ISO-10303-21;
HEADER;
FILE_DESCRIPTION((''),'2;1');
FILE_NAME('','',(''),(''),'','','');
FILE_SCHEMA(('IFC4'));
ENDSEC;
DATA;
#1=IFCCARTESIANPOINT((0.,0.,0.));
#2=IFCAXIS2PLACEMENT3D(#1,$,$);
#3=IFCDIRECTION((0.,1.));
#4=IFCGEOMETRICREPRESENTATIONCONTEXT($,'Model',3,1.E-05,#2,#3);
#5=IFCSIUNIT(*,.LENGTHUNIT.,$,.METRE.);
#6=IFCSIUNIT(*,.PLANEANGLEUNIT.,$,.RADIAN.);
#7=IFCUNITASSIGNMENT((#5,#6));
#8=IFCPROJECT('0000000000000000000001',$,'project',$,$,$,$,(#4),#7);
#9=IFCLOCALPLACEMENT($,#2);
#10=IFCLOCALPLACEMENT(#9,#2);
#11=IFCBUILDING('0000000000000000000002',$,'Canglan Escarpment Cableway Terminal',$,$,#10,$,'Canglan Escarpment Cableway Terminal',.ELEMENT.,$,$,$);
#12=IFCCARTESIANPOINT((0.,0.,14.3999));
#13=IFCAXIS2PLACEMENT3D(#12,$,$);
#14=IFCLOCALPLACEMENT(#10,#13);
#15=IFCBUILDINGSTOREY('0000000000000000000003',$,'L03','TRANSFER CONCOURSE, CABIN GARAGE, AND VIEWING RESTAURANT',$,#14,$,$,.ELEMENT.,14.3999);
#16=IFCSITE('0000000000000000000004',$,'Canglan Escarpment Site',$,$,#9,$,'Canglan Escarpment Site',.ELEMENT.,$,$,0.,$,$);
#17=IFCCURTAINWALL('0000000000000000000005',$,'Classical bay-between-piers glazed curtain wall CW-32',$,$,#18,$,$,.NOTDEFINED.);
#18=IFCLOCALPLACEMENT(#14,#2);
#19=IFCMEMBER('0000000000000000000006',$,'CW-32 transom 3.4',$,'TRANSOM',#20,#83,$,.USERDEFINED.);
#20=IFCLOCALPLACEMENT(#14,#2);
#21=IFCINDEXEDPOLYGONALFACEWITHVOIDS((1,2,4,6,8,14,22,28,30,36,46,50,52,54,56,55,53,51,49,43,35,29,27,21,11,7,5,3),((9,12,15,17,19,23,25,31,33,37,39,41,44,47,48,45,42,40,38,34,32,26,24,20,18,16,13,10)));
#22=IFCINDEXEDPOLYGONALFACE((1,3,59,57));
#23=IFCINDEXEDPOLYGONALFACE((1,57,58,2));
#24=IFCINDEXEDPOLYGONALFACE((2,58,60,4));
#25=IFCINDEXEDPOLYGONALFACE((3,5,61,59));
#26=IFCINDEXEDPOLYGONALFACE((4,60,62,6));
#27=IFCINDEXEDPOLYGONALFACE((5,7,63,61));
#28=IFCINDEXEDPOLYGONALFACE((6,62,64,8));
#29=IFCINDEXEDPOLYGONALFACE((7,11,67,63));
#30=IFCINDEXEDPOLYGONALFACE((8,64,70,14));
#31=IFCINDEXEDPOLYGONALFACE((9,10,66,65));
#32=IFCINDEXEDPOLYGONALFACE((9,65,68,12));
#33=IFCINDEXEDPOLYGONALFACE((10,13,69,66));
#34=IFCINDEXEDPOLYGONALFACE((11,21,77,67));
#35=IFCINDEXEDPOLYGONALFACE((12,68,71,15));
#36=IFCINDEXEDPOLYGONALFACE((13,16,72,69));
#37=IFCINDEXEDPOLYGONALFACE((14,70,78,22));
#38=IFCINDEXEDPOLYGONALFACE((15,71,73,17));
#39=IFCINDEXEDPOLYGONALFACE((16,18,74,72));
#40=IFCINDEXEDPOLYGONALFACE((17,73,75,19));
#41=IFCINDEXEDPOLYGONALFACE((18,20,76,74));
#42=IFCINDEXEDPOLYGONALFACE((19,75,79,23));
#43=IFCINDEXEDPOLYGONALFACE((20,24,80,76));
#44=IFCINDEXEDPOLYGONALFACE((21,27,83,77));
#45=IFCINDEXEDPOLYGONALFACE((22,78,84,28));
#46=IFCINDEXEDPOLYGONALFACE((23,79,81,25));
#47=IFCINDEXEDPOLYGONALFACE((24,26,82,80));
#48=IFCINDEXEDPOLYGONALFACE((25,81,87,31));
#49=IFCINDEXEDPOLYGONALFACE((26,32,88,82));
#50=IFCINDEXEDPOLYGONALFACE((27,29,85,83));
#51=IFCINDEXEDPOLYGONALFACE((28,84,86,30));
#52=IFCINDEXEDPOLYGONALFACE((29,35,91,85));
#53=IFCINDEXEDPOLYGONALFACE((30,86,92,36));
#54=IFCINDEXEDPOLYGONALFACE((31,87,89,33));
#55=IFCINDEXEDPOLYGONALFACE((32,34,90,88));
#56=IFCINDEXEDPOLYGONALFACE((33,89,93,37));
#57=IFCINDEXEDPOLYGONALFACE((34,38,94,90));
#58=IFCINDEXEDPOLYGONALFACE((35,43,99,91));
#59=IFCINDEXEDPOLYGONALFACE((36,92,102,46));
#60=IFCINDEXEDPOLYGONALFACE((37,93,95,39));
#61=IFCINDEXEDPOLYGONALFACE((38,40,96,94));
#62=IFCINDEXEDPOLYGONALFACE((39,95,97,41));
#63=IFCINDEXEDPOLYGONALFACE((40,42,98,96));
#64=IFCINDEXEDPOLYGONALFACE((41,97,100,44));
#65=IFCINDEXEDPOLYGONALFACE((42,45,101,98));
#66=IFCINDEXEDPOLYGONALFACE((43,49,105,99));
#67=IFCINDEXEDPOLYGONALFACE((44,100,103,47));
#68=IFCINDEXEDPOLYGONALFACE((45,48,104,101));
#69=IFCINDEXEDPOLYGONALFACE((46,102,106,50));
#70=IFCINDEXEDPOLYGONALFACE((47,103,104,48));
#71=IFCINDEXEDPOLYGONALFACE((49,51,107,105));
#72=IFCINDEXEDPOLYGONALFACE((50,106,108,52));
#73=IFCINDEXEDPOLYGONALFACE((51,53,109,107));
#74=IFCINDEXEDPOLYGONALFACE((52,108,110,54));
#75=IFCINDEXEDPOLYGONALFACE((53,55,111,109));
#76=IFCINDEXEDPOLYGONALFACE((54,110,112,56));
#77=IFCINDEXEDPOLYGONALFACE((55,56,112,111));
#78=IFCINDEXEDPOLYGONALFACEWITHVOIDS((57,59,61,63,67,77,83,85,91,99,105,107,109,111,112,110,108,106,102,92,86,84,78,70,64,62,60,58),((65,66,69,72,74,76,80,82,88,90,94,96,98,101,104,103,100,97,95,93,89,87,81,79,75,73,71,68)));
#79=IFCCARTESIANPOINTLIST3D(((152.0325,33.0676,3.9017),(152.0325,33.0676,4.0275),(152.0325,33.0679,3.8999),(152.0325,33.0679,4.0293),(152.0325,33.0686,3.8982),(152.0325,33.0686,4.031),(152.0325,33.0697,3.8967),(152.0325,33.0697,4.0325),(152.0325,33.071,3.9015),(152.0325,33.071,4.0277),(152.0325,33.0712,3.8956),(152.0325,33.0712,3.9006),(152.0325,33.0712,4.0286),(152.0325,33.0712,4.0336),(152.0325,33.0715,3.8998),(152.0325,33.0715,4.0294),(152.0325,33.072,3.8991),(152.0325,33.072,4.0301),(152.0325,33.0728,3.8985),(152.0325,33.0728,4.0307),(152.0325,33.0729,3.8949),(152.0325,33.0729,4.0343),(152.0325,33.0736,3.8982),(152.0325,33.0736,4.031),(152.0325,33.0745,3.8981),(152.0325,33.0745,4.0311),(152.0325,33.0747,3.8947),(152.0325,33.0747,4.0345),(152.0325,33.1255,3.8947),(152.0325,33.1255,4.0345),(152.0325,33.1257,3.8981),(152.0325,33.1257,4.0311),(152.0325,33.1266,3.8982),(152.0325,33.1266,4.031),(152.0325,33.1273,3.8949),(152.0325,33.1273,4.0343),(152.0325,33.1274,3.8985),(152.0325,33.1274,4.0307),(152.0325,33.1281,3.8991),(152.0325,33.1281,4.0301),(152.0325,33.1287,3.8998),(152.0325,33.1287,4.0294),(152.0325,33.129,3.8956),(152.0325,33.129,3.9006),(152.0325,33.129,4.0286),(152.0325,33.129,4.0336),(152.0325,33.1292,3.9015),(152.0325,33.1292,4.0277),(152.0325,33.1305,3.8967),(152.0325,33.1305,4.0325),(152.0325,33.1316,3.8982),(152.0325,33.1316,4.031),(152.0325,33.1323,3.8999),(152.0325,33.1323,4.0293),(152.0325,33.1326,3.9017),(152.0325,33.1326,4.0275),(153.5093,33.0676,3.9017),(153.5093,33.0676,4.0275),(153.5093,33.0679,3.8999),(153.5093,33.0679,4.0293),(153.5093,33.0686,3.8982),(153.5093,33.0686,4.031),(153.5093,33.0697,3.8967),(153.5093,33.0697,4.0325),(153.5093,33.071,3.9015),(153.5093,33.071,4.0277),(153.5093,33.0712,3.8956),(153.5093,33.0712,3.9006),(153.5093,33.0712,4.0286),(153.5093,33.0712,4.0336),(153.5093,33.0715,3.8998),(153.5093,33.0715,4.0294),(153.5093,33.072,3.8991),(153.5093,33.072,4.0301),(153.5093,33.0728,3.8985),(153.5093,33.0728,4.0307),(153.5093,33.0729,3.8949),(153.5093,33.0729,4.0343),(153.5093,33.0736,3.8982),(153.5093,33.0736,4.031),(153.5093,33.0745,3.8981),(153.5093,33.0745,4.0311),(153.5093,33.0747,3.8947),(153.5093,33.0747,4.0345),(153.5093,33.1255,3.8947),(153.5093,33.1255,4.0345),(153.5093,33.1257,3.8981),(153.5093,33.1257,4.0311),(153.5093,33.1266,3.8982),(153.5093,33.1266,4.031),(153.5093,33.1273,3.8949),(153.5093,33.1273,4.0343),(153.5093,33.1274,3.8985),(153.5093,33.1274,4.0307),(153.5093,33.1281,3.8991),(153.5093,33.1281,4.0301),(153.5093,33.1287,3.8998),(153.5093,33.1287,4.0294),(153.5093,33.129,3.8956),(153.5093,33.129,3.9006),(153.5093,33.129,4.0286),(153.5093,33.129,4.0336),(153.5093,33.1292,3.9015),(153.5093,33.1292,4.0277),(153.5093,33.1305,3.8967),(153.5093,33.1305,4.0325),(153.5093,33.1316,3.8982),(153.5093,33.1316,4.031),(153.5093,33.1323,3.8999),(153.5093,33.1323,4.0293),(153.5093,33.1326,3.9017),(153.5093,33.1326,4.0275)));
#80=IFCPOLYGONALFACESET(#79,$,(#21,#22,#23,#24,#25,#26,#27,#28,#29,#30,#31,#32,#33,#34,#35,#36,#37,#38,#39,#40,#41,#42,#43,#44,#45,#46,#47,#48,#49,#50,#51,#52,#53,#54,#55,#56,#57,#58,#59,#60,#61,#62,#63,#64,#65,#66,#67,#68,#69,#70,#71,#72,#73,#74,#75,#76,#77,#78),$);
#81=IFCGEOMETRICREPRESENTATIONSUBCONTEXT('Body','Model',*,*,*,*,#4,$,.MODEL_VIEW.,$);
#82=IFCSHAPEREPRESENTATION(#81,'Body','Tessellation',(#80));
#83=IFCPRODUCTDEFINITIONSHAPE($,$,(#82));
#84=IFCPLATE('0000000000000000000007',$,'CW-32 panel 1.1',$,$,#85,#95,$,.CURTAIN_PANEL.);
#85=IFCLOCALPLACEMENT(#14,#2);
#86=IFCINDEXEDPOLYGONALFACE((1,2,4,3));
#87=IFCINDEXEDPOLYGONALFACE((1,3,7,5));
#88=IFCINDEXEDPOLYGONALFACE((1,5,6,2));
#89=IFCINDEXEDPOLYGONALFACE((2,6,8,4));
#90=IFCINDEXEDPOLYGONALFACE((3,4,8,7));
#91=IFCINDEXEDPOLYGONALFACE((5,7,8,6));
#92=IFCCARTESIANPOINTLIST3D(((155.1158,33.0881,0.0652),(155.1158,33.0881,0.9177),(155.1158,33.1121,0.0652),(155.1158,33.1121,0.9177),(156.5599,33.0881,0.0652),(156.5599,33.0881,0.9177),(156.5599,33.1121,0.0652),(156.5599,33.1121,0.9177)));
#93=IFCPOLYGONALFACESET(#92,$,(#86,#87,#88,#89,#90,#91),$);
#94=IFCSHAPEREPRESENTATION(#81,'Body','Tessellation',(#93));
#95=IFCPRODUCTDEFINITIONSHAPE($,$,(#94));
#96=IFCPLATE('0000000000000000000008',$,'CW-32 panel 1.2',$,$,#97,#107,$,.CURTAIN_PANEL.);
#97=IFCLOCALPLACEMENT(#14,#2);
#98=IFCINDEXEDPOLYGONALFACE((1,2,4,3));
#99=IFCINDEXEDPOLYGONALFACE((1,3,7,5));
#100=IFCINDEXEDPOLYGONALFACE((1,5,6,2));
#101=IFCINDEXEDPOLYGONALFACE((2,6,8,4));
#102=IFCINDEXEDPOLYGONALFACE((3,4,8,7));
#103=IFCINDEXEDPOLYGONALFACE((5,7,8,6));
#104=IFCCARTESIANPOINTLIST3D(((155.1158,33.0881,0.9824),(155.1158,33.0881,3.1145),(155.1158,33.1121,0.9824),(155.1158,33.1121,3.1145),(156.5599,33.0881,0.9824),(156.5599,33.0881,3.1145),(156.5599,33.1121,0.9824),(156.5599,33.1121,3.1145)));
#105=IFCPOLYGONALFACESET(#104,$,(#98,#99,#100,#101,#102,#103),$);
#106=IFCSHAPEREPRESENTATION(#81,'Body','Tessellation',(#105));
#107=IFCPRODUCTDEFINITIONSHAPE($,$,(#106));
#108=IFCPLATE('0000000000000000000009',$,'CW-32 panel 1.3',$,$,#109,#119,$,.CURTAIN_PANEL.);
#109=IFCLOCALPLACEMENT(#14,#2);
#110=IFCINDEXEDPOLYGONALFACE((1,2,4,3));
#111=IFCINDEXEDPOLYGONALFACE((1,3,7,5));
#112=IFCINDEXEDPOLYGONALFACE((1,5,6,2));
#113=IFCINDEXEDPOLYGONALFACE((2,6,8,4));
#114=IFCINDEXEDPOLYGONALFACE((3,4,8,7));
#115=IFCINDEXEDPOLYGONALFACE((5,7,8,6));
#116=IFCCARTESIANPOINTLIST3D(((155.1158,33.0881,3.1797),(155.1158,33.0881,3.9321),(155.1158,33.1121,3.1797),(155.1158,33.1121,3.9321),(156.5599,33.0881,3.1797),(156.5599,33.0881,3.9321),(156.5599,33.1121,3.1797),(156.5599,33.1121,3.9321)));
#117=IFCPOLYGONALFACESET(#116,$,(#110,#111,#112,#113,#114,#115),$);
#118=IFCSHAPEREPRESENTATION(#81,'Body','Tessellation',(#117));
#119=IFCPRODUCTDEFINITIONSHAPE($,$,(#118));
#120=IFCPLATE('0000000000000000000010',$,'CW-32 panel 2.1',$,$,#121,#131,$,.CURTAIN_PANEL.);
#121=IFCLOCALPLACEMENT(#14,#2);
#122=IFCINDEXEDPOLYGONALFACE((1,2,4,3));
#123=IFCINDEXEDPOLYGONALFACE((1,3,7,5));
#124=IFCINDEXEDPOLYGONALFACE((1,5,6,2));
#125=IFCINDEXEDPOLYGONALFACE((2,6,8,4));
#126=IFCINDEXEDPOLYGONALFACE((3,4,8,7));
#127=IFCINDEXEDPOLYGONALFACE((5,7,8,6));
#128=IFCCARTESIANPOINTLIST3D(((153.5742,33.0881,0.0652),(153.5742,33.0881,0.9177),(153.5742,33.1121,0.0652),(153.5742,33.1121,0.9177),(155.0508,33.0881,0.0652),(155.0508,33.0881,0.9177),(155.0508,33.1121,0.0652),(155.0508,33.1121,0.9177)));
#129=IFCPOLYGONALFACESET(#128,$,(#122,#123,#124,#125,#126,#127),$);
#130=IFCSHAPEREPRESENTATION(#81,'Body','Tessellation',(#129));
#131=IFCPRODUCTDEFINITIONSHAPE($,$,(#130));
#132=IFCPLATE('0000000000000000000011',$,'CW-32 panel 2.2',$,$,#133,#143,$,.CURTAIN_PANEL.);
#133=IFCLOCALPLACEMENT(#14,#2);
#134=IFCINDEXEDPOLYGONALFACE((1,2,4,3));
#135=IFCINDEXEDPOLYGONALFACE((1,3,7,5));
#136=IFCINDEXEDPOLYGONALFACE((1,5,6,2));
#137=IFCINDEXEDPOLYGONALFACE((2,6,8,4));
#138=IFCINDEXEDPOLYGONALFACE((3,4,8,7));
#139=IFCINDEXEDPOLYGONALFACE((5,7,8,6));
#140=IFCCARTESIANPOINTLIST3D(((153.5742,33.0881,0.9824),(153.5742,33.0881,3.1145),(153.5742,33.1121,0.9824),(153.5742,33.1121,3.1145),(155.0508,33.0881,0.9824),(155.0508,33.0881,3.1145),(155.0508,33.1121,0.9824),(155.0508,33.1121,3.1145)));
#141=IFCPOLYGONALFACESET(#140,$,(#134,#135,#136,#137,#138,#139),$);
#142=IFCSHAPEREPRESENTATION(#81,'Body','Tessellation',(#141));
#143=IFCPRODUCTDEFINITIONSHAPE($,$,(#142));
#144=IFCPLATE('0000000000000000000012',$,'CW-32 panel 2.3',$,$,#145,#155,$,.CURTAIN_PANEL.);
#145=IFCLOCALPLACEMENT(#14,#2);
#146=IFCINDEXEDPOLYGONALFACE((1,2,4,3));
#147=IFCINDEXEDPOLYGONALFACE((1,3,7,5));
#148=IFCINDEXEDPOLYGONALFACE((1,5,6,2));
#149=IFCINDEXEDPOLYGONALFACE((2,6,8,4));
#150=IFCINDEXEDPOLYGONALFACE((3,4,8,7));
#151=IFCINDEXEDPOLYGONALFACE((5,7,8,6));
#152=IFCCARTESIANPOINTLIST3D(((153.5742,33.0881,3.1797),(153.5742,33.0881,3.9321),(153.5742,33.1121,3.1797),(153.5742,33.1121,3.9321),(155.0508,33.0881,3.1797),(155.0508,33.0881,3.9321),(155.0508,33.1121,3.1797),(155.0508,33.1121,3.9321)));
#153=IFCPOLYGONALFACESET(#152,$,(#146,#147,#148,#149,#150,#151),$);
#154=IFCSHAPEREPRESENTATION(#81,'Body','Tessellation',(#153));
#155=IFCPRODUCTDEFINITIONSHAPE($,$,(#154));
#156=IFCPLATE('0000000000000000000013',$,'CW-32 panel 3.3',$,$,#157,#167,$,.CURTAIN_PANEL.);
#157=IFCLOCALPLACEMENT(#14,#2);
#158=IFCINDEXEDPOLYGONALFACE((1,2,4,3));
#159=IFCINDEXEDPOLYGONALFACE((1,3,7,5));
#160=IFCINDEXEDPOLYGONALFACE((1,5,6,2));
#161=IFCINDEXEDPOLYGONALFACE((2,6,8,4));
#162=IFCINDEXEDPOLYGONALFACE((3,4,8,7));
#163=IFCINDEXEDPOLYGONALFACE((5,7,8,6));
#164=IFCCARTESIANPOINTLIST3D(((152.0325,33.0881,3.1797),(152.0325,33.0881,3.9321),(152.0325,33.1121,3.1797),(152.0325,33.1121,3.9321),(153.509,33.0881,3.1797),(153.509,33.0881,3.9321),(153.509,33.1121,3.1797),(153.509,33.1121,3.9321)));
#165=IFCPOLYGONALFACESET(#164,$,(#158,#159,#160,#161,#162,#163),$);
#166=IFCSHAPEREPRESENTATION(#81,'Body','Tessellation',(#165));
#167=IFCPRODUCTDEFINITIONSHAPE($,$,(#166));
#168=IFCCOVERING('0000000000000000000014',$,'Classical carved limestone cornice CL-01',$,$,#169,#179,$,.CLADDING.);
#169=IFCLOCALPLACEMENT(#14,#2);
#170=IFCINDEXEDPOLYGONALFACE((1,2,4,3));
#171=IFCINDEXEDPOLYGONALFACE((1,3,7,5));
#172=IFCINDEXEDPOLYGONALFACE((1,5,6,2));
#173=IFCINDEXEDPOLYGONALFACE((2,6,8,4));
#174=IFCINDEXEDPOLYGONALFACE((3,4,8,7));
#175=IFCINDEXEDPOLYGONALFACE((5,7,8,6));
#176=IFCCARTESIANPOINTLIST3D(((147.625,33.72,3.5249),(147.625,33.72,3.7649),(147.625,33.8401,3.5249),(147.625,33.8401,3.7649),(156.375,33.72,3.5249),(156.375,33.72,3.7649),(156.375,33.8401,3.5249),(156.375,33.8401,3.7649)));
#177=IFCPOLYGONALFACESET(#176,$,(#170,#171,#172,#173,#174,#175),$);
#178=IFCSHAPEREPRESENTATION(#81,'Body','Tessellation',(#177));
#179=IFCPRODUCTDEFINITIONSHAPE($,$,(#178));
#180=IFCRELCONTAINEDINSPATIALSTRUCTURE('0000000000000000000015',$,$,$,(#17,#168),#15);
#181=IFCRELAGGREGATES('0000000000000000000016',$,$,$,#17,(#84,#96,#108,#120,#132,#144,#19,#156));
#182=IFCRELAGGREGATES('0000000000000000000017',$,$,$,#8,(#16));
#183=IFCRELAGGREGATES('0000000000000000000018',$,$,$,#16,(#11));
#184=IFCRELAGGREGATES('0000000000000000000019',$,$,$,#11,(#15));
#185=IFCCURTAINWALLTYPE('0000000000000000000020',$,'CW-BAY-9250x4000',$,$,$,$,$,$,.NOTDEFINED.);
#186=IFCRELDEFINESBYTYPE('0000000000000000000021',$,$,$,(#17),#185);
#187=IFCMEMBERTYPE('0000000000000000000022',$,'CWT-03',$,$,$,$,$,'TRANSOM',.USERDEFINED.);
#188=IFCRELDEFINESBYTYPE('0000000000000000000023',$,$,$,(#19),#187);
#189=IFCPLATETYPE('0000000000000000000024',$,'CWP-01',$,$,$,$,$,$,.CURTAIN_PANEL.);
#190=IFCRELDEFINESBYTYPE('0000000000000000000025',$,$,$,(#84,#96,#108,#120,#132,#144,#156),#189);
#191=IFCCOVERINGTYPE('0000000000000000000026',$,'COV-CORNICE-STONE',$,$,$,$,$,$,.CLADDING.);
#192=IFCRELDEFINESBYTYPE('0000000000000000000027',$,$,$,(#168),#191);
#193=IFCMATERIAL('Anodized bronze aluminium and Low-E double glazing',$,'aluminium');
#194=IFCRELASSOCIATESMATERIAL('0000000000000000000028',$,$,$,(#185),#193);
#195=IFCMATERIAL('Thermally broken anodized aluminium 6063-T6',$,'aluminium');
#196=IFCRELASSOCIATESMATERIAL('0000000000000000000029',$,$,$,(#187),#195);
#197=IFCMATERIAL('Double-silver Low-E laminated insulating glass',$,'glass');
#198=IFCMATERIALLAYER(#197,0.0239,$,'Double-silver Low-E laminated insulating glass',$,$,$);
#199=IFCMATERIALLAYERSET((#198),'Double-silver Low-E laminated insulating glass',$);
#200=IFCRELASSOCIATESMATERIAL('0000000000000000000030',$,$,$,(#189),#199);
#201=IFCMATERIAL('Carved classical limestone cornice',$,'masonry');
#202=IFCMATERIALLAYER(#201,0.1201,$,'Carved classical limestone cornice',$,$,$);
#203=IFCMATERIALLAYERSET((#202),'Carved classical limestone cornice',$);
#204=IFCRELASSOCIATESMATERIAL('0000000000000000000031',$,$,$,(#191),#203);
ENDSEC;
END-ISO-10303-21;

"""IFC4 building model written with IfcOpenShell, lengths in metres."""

from ifc_helpers import new_model, si_unit, direction, frame, origin, origin_2d, place, context, subcontext, project, spatial, rectangle, hollow_rectangle, extrude, material, layer, layer_set, material_profile, profile_set, type_object, element, aggregate, save


model = new_model("IFC4")

# Units and contexts
model_context = context("Model", 3, precision=1e-05, world=origin(), true_north=direction((0.0, 1.0)))
body_context = subcontext(model_context, "Body", "Model", "MODEL_VIEW")
ifc_project = project(units=[si_unit("LENGTHUNIT", "METRE"), si_unit("PLANEANGLEUNIT", "RADIAN")], contexts=[model_context])

# Site, building, storey
site_placement = place(None, origin())
site = spatial("IfcSite", under=ifc_project, at=site_placement, Name="Canglan Escarpment Site", LongName="Canglan Escarpment Site", CompositionType="ELEMENT", RefElevation=0.0)
building_placement = place(site_placement, origin())
building = spatial("IfcBuilding", under=site, at=building_placement, Name="Canglan Escarpment Cableway Terminal", LongName="Canglan Escarpment Cableway Terminal", CompositionType="ELEMENT")
storey_placement = place(building_placement, frame((0.0, 0.0, 14.3999)))
storey = spatial("IfcBuildingStorey", under=building, at=storey_placement, Name="L03", Description="TRANSFER CONCOURSE, CABIN GARAGE, AND VIEWING RESTAURANT", CompositionType="ELEMENT", Elevation=14.3999)

# Curtain wall, member, plates
ifc_material_1 = material(Name="Anodized bronze aluminium and Low-E double glazing", Category="aluminium")
curtain_wall_type = type_object("IfcCurtainWallType", Name="CW-BAY-9250x4000", PredefinedType="NOTDEFINED", material=ifc_material_1)
curtain_wall_placement = place(storey_placement, origin())
curtain_wall = element("IfcCurtainWall", 1, at=curtain_wall_placement, inside=storey, type_object=curtain_wall_type, Name="Classical bay-between-piers glazed curtain wall CW-32", PredefinedType="NOTDEFINED")
ifc_material_2 = material(Name="Thermally broken anodized aluminium 6063-T6", Category="aluminium")
ifc_material_profile_1 = material_profile(ifc_material_2, hollow_rectangle(XDim=0.0649, YDim=0.1399, WallThickness=0.0034, InnerFilletRadius=0.0034, OuterFilletRadius=0.0071, at=origin_2d()), Name="ALU-TRAN 65x140x3.5")
ifc_profile_set_1 = profile_set([ifc_material_profile_1], Name="Thermally broken anodized aluminium 6063-T6")
member_type_1 = type_object("IfcMemberType", Name="CWT-03", ElementType="TRANSOM", PredefinedType="USERDEFINED", material=ifc_profile_set_1)
member_1_placement = place(storey_placement, frame((153.5093, 33.1001, 3.9646), z_axis=(-1.0, 0.0, 0.0), x_axis=(0.0, -1.0, 0.0)))
member_1 = element("IfcMember", 2, at=member_1_placement, type_object=member_type_1, Name="CW-32 transom 3.4", ObjectType="TRANSOM", PredefinedType="USERDEFINED", context=body_context, shape_type="SweptSolid", body=[
    extrude(hollow_rectangle(XDim=0.0649, YDim=0.1399, WallThickness=0.0034, InnerFilletRadius=0.0034, OuterFilletRadius=0.0071, at=origin_2d()), origin(), (0.0, 0.0, 1.0), 1.4768),
])
ifc_material_3 = material(Name="Double-silver Low-E laminated insulating glass", Category="glass")
ifc_layer_1 = layer(ifc_material_3, 0.0239, Name="Double-silver Low-E laminated insulating glass")
ifc_layer_set_1 = layer_set([ifc_layer_1], Name="Double-silver Low-E laminated insulating glass")
plate_type = type_object("IfcPlateType", Name="CWP-01", PredefinedType="CURTAIN_PANEL", material=ifc_layer_set_1)
plate_1_placement = place(storey_placement, frame((155.8379, 33.1001, 0.0652), z_axis=(0.0, 0.0, 1.0), x_axis=(-1.0, 0.0, 0.0)))
plate_1 = element("IfcPlate", 3, at=plate_1_placement, type_object=plate_type, Name="CW-32 panel 1.1", PredefinedType="CURTAIN_PANEL", context=body_context, shape_type="SweptSolid", body=[
    extrude(rectangle(XDim=1.4441, YDim=0.0239, at=origin_2d()), origin(), (0.0, 0.0, 1.0), 0.8525),
])
plate_2_placement = place(storey_placement, frame((155.8379, 33.1001, 0.9824), z_axis=(0.0, 0.0, 1.0), x_axis=(-1.0, 0.0, 0.0)))
plate_2 = element("IfcPlate", 4, at=plate_2_placement, type_object=plate_type, Name="CW-32 panel 1.2", PredefinedType="CURTAIN_PANEL", context=body_context, shape_type="SweptSolid", body=[
    extrude(rectangle(XDim=1.4441, YDim=0.0239, at=origin_2d()), origin(), (0.0, 0.0, 1.0), 2.1321),
])
plate_3_placement = place(storey_placement, frame((155.8379, 33.1001, 3.1797), z_axis=(0.0, 0.0, 1.0), x_axis=(-1.0, 0.0, 0.0)))
plate_3 = element("IfcPlate", 5, at=plate_3_placement, type_object=plate_type, Name="CW-32 panel 1.3", PredefinedType="CURTAIN_PANEL", context=body_context, shape_type="SweptSolid", body=[
    extrude(rectangle(XDim=1.4441, YDim=0.0239, at=origin_2d()), origin(), (0.0, 0.0, 1.0), 0.7524),
])
plate_4_placement = place(storey_placement, frame((154.3125, 33.1001, 0.0652), z_axis=(0.0, 0.0, 1.0), x_axis=(-1.0, 0.0, 0.0)))
plate_4 = element("IfcPlate", 6, at=plate_4_placement, type_object=plate_type, Name="CW-32 panel 2.1", PredefinedType="CURTAIN_PANEL", context=body_context, shape_type="SweptSolid", body=[
    extrude(rectangle(XDim=1.4766, YDim=0.0239, at=origin_2d()), origin(), (0.0, 0.0, 1.0), 0.8525),
])
plate_5_placement = place(storey_placement, frame((154.3125, 33.1001, 0.9824), z_axis=(0.0, 0.0, 1.0), x_axis=(-1.0, 0.0, 0.0)))
plate_5 = element("IfcPlate", 7, at=plate_5_placement, type_object=plate_type, Name="CW-32 panel 2.2", PredefinedType="CURTAIN_PANEL", context=body_context, shape_type="SweptSolid", body=[
    extrude(rectangle(XDim=1.4766, YDim=0.0239, at=origin_2d()), origin(), (0.0, 0.0, 1.0), 2.1321),
])
plate_6_placement = place(storey_placement, frame((154.3125, 33.1001, 3.1797), z_axis=(0.0, 0.0, 1.0), x_axis=(-1.0, 0.0, 0.0)))
plate_6 = element("IfcPlate", 8, at=plate_6_placement, type_object=plate_type, Name="CW-32 panel 2.3", PredefinedType="CURTAIN_PANEL", context=body_context, shape_type="SweptSolid", body=[
    extrude(rectangle(XDim=1.4766, YDim=0.0239, at=origin_2d()), origin(), (0.0, 0.0, 1.0), 0.7524),
])
plate_7_placement = place(storey_placement, frame((152.7708, 33.1001, 3.1797), z_axis=(0.0, 0.0, 1.0), x_axis=(-1.0, 0.0, 0.0)))
plate_7 = element("IfcPlate", 9, at=plate_7_placement, type_object=plate_type, Name="CW-32 panel 3.3", PredefinedType="CURTAIN_PANEL", context=body_context, shape_type="SweptSolid", body=[
    extrude(rectangle(XDim=1.4766, YDim=0.0239, at=origin_2d()), origin(), (0.0, 0.0, 1.0), 0.7524),
])
aggregate(curtain_wall, [plate_1, plate_2, plate_3, plate_4, plate_5, plate_6, member_1, plate_7])

# Covering
ifc_material_4 = material(Name="Carved classical limestone cornice", Category="masonry")
ifc_layer_2 = layer(ifc_material_4, 0.1201, Name="Carved classical limestone cornice")
ifc_layer_set_2 = layer_set([ifc_layer_2], Name="Carved classical limestone cornice")
covering_type = type_object("IfcCoveringType", Name="COV-CORNICE-STONE", PredefinedType="CLADDING", material=ifc_layer_set_2)
covering_placement = place(storey_placement, frame((152.0, 33.78, 3.5249), z_axis=(0.0, 0.0, 1.0), x_axis=(1.0, 0.0, 0.0)))
element("IfcCovering", 10, at=covering_placement, inside=storey, type_object=covering_type, Name="Classical carved limestone cornice CL-01", PredefinedType="CLADDING", context=body_context, shape_type="SweptSolid", body=[
    extrude(rectangle(XDim=8.75, YDim=0.1201, at=origin_2d()), origin(), (0.0, 0.0, 1.0), 0.24),
])

save(model, "model.ifc")
